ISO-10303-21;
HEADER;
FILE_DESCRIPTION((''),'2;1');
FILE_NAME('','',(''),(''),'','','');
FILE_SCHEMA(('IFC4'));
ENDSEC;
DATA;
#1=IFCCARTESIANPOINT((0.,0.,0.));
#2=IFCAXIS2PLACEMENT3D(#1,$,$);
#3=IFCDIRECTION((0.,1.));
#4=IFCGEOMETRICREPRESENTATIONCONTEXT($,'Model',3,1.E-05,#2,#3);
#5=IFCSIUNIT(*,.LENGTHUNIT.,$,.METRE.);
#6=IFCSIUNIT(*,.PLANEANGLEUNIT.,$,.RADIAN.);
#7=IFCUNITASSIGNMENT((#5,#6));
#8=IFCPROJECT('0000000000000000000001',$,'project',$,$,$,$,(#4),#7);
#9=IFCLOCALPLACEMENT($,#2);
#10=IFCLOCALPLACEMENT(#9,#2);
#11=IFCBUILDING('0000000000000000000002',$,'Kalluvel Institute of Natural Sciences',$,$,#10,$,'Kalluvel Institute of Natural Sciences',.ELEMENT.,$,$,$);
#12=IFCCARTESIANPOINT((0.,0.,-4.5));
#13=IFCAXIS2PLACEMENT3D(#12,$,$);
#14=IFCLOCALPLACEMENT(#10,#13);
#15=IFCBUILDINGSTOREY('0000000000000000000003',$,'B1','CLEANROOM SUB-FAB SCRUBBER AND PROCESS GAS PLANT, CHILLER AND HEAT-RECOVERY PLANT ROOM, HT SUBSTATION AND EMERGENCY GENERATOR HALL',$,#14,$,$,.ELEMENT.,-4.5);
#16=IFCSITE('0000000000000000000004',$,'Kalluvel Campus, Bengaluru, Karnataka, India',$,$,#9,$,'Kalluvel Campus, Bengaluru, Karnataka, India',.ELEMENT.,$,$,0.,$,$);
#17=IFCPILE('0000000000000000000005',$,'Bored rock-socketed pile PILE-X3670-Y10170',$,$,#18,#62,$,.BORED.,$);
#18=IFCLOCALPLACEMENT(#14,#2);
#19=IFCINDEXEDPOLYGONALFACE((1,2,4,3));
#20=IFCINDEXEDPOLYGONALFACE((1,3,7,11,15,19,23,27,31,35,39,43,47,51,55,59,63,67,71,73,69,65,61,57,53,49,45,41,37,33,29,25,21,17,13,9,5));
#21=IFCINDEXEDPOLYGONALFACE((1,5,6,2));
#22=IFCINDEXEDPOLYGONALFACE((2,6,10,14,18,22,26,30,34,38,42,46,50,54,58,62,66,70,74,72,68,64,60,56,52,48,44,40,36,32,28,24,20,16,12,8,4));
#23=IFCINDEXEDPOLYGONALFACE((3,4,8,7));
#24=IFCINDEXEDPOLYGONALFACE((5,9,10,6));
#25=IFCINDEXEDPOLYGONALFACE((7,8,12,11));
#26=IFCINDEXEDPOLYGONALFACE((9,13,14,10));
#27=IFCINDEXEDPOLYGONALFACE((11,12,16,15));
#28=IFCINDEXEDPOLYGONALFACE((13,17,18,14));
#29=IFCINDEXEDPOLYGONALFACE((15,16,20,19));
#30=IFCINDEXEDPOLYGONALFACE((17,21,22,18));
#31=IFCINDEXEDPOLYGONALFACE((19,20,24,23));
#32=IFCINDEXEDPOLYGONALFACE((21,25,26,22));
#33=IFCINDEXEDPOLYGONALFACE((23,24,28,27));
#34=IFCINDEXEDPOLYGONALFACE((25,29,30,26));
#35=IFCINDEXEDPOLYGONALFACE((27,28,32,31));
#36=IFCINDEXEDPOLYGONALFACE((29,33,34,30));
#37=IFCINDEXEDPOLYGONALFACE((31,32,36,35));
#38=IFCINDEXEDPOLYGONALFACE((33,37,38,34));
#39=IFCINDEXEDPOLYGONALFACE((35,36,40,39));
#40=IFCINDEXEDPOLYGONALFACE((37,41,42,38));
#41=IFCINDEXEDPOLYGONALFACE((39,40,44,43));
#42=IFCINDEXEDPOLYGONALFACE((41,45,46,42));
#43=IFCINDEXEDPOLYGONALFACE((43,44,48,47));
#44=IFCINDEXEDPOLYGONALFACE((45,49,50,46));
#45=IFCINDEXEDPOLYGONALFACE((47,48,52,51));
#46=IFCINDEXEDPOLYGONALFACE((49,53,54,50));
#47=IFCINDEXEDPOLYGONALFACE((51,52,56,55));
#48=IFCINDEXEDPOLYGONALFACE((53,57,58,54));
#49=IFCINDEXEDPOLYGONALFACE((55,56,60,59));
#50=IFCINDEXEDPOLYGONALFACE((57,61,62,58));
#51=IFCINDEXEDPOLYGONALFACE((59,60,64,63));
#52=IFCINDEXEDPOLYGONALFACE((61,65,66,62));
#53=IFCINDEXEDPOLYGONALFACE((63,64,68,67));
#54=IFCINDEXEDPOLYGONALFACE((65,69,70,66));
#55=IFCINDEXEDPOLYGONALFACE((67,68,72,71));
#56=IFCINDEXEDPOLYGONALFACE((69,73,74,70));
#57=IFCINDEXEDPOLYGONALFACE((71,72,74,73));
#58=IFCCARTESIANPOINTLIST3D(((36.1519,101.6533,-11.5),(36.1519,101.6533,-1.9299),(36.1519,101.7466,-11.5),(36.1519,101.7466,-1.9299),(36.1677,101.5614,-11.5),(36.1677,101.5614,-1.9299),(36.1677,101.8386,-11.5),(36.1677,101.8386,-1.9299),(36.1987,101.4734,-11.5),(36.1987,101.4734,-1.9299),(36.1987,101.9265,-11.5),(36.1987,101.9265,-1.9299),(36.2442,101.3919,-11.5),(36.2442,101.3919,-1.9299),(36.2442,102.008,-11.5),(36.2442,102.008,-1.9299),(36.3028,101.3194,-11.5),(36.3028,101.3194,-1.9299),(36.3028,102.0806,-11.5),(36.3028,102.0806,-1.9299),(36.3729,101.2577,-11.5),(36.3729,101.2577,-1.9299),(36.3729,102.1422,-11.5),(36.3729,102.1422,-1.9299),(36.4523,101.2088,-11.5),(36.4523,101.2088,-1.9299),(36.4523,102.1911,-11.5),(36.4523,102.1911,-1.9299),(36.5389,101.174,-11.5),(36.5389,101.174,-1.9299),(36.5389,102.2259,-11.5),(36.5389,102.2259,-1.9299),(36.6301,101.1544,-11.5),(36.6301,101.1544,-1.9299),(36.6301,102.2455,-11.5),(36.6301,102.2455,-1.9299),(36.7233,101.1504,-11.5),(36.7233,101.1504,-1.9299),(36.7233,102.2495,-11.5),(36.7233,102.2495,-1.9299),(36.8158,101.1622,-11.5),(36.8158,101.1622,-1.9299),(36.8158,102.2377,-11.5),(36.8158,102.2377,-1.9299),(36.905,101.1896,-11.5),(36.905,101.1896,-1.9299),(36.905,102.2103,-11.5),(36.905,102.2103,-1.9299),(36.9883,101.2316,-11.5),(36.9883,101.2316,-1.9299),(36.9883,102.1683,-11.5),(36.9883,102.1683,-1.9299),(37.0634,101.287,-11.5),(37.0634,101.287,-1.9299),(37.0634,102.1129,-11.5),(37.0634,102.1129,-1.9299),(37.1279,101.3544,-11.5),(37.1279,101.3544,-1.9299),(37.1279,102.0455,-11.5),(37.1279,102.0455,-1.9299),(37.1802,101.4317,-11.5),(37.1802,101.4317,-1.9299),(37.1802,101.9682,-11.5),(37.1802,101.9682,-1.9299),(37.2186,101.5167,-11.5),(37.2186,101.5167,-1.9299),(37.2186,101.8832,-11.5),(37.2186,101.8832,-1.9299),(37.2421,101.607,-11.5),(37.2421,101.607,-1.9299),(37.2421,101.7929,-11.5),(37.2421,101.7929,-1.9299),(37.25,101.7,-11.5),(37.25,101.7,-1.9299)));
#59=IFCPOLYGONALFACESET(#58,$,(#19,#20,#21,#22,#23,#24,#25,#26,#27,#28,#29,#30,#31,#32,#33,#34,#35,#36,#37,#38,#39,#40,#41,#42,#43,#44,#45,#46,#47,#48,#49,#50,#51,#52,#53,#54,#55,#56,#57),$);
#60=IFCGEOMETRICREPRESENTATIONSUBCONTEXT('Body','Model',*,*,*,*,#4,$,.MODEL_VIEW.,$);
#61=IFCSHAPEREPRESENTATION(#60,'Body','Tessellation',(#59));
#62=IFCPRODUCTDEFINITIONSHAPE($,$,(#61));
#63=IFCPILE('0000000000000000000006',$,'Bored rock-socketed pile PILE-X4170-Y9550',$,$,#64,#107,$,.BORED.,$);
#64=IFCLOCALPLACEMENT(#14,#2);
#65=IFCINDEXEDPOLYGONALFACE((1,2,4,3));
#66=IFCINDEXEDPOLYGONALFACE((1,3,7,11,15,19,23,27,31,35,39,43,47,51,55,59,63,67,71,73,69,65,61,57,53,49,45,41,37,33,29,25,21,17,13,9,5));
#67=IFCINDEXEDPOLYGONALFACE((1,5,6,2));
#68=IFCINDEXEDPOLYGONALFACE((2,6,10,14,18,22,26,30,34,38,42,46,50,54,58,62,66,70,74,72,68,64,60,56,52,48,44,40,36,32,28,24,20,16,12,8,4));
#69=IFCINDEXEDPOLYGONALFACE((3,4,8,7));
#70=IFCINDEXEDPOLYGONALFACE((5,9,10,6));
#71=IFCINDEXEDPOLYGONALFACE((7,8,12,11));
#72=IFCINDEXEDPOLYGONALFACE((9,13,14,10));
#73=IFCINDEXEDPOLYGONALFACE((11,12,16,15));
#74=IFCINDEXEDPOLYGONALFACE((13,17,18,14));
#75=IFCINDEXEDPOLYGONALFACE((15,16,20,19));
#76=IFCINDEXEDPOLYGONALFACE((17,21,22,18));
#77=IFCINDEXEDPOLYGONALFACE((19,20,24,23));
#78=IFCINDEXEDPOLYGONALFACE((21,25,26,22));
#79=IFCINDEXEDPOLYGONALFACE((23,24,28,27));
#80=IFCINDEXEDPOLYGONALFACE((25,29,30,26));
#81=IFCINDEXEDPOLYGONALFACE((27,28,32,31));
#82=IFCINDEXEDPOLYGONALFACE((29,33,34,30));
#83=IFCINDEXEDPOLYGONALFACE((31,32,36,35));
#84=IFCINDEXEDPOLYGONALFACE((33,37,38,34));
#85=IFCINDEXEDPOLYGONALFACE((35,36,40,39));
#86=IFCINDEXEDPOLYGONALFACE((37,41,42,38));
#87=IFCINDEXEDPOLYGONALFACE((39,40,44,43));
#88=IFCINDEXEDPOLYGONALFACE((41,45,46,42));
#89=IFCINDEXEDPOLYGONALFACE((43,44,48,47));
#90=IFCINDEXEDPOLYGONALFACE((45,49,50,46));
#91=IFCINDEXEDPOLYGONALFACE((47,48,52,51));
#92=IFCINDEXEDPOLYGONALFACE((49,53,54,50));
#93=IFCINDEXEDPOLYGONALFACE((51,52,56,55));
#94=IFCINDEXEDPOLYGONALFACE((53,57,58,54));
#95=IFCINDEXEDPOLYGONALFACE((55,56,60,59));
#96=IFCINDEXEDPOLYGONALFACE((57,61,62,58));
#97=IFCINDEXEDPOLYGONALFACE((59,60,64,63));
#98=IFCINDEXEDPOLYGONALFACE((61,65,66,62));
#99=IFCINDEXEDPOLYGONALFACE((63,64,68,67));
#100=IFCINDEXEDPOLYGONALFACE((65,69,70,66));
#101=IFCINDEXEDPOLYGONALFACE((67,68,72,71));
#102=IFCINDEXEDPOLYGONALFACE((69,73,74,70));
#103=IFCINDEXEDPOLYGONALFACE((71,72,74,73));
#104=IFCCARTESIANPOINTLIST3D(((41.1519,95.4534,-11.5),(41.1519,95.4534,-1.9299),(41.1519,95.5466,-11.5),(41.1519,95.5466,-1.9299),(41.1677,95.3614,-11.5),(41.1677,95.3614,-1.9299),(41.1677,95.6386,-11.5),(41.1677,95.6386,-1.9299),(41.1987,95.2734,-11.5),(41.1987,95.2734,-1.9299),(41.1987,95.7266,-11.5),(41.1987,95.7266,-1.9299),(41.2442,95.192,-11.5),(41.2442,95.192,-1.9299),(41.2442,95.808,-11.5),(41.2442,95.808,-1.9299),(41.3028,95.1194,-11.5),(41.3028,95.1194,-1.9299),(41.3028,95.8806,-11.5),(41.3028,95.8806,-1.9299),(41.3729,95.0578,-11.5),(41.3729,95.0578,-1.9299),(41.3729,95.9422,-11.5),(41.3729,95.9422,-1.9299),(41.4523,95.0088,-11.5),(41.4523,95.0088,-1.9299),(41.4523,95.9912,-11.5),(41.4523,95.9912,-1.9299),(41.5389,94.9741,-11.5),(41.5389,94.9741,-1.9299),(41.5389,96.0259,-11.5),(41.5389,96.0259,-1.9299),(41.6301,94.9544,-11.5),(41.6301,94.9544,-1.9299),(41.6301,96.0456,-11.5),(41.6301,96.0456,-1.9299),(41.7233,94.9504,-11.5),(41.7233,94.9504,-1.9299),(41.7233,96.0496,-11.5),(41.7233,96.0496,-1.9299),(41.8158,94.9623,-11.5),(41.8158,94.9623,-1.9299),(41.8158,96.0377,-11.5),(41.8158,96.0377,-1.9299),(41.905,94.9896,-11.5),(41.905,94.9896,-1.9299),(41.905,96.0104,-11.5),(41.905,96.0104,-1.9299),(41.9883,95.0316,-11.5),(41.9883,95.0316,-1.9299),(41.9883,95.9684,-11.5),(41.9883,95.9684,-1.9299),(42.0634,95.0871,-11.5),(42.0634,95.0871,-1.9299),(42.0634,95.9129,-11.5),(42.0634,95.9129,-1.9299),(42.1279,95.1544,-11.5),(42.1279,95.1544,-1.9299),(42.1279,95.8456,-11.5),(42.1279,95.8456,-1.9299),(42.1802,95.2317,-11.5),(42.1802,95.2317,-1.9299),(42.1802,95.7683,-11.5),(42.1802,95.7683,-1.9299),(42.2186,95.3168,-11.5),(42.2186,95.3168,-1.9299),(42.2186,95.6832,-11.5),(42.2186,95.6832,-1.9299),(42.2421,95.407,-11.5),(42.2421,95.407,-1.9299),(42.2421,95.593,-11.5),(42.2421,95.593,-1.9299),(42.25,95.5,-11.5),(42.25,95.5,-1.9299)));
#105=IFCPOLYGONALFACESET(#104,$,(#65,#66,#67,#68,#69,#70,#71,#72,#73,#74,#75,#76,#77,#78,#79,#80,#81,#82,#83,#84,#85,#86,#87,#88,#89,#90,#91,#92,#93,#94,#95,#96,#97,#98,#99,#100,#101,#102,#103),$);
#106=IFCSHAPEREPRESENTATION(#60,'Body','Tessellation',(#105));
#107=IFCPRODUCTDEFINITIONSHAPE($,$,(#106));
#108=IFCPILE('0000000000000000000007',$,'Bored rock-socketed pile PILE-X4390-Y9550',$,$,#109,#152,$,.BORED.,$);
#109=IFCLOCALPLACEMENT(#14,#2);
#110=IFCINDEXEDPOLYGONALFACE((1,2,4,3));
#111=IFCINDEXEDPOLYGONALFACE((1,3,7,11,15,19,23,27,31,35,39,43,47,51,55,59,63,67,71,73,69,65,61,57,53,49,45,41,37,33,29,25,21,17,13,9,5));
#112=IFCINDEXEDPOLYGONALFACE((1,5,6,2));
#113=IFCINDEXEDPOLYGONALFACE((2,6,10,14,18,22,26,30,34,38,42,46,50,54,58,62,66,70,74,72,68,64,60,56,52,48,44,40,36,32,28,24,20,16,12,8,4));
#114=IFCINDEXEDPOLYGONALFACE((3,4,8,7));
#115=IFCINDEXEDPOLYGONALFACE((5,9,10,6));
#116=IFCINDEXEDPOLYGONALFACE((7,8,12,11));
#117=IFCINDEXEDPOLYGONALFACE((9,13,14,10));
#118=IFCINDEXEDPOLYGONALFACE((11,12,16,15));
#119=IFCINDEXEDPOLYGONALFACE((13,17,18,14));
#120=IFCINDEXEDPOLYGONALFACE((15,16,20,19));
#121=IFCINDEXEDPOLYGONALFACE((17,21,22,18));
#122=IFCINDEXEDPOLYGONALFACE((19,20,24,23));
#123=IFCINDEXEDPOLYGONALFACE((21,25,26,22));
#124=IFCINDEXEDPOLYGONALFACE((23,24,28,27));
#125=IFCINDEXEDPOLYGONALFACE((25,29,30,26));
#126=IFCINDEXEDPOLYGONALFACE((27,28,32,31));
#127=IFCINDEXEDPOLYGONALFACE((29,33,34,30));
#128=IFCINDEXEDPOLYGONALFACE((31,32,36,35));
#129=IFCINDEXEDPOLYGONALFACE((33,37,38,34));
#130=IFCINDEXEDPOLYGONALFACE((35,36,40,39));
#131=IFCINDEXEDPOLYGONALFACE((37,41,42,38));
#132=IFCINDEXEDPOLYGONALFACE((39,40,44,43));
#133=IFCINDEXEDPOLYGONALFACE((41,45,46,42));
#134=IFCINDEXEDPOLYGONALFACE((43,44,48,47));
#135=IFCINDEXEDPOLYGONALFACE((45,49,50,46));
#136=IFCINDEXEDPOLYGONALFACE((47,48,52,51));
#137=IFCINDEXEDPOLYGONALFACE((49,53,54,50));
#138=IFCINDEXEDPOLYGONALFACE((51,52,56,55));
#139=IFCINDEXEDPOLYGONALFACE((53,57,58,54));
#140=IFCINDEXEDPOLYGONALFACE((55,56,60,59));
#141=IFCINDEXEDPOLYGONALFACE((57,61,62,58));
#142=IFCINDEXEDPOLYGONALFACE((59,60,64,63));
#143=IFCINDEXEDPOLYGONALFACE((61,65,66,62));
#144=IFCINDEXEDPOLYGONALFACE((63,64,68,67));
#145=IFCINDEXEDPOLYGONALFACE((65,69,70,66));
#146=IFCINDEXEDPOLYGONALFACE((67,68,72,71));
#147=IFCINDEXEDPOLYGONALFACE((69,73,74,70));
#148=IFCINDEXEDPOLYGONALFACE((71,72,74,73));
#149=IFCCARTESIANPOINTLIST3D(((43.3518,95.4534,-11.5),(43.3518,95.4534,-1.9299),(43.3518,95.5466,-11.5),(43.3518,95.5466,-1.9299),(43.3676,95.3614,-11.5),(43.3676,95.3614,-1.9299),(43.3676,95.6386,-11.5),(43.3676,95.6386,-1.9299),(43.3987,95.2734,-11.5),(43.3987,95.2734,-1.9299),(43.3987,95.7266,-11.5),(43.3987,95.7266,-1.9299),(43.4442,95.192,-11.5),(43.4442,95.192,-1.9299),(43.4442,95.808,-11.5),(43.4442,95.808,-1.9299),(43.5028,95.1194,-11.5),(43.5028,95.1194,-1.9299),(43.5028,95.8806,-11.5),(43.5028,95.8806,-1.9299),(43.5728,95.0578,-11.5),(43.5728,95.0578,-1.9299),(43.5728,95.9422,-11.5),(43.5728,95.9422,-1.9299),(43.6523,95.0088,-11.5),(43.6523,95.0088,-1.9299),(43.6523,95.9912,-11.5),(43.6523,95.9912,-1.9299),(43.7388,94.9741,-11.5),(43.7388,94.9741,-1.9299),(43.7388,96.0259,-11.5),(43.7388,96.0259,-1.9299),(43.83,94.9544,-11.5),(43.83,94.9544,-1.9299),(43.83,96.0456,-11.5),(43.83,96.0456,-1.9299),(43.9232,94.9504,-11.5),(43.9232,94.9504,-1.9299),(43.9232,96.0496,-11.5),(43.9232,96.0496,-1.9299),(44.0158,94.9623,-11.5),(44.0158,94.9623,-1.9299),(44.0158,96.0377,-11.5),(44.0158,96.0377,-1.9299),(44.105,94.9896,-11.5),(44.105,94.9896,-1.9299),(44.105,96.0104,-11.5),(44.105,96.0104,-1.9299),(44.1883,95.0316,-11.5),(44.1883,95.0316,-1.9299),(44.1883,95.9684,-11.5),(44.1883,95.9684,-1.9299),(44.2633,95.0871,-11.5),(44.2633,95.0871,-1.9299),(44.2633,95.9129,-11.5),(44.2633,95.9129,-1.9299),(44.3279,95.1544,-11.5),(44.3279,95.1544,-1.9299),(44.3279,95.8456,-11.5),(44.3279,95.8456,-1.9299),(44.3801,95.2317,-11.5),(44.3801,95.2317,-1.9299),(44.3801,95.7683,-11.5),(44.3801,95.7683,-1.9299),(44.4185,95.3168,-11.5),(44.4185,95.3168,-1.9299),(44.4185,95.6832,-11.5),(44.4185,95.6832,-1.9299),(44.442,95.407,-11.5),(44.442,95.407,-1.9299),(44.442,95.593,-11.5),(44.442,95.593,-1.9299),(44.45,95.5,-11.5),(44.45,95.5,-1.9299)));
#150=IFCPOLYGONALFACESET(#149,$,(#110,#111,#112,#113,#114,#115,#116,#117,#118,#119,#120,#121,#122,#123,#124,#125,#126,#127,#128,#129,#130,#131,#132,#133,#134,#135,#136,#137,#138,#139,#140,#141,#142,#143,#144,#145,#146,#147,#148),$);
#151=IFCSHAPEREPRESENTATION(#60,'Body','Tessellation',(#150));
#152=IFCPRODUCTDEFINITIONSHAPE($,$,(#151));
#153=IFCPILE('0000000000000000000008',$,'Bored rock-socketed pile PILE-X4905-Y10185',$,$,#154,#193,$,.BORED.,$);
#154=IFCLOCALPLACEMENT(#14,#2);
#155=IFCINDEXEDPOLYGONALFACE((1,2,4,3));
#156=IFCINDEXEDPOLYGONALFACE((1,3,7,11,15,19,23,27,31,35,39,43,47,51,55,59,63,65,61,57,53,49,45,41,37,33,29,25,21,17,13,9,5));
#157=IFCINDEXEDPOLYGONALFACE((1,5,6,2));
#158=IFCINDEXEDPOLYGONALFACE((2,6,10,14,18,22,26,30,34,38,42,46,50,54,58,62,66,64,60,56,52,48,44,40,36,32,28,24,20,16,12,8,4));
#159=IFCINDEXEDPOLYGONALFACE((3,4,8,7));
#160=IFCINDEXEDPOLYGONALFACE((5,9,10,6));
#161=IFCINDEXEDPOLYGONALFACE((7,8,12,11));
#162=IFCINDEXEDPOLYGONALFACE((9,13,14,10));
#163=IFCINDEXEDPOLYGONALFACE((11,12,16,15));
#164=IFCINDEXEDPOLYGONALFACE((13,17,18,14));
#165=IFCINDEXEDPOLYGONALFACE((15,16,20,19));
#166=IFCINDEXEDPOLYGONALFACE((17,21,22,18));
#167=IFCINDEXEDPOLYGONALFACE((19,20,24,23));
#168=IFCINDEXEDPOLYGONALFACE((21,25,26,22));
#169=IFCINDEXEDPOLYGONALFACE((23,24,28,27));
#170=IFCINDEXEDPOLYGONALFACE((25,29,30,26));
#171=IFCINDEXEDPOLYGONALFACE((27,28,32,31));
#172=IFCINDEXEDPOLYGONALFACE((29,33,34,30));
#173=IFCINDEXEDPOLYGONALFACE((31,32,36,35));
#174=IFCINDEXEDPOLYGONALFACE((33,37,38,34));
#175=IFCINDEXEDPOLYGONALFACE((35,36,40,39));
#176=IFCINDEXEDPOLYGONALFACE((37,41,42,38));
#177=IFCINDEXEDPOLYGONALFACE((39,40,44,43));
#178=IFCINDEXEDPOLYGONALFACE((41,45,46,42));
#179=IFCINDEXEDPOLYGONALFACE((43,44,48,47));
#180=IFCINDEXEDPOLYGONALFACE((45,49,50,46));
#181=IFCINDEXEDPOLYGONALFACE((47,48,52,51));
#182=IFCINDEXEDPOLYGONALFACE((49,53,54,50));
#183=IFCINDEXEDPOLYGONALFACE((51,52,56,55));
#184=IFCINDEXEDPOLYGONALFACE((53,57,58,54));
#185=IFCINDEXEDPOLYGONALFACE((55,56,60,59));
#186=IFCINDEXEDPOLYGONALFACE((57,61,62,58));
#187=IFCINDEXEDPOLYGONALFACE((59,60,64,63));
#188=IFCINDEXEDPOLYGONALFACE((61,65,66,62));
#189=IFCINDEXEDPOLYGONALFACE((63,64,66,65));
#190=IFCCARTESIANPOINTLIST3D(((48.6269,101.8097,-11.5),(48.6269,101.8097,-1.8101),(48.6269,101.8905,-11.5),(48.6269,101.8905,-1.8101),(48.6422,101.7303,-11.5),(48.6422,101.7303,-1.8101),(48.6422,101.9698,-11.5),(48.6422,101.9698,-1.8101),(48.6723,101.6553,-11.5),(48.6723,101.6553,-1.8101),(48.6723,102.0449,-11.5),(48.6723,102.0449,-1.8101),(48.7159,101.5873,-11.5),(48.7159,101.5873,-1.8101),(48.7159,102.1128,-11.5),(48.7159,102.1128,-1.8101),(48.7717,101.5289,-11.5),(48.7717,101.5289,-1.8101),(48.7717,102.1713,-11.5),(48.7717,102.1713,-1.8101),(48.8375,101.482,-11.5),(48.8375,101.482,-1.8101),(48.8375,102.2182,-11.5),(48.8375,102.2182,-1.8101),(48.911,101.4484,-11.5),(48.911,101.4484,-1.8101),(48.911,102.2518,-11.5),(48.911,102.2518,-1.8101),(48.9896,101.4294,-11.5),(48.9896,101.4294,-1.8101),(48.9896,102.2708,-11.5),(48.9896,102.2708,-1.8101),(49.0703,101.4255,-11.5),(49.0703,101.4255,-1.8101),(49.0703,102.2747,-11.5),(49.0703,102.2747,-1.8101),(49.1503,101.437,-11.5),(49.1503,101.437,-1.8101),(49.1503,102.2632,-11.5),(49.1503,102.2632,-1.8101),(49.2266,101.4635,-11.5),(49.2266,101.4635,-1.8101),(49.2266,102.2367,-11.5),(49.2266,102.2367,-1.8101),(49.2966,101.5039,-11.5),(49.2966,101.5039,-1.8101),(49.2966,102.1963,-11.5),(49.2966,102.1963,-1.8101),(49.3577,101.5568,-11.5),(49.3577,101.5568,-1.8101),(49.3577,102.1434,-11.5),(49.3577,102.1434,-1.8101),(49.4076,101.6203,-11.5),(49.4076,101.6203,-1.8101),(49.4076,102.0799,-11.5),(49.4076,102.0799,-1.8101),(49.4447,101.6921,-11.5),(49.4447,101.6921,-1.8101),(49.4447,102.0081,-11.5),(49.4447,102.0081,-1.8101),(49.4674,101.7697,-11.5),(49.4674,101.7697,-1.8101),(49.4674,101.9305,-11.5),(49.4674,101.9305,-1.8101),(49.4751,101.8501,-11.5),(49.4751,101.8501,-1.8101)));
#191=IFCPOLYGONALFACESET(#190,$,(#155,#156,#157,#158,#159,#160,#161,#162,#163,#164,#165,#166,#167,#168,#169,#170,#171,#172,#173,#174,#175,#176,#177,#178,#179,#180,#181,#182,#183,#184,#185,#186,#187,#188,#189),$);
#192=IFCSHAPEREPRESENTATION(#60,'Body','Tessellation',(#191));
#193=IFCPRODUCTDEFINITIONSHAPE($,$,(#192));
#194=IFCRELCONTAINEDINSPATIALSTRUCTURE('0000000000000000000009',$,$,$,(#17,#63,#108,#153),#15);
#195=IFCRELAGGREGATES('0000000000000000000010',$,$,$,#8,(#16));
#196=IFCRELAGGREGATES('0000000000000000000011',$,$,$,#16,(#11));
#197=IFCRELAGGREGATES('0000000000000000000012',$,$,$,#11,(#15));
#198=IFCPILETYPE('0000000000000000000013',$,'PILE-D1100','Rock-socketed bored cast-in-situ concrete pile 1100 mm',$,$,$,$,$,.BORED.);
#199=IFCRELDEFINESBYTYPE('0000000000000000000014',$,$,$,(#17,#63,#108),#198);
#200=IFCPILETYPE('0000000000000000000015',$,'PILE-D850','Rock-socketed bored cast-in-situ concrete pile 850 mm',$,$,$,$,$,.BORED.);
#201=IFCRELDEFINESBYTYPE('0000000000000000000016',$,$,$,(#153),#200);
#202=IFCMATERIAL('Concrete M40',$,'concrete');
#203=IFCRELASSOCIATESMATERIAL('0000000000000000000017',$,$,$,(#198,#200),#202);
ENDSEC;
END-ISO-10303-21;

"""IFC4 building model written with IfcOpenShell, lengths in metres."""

from ifc_helpers import new_model, si_unit, direction, frame, origin, origin_2d, place, context, subcontext, project, spatial, circle, extrude, material, material_profile, profile_set, type_object, element, save


model = new_model("IFC4")

# Units and contexts
model_context = context("Model", 3, precision=1e-05, world=origin(), true_north=direction((0.0, 1.0)))
body_context = subcontext(model_context, "Body", "Model", "MODEL_VIEW")
ifc_project = project(units=[si_unit("LENGTHUNIT", "METRE"), si_unit("PLANEANGLEUNIT", "RADIAN")], contexts=[model_context])

# Site, building, storey
site_placement = place(None, origin())
site = spatial("IfcSite", under=ifc_project, at=site_placement, Name="Kalluvel Campus, Bengaluru, Karnataka, India", LongName="Kalluvel Campus, Bengaluru, Karnataka, India", CompositionType="ELEMENT", RefElevation=0.0)
building_placement = place(site_placement, origin())
building = spatial("IfcBuilding", under=site, at=building_placement, Name="Kalluvel Institute of Natural Sciences", LongName="Kalluvel Institute of Natural Sciences", CompositionType="ELEMENT")
storey_placement = place(building_placement, frame((0.0, 0.0, -4.5)))
storey = spatial("IfcBuildingStorey", under=building, at=storey_placement, Name="B1", Description="CLEANROOM SUB-FAB SCRUBBER AND PROCESS GAS PLANT, CHILLER AND HEAT-RECOVERY PLANT ROOM, HT SUBSTATION AND EMERGENCY GENERATOR HALL", CompositionType="ELEMENT", Elevation=-4.5)

# Shared definitions
ifc_material_1 = material(Name="Concrete M40", Category="concrete")

# Piles
ifc_material_profile_1 = material_profile(ifc_material_1, circle(Radius=0.55, at=origin_2d()), Name="PILE D1100")
ifc_profile_set_1 = profile_set([ifc_material_profile_1], Name="Concrete M40")
pile_type_1 = type_object("IfcPileType", Name="PILE-D1100", Description="Rock-socketed bored cast-in-situ concrete pile 1100 mm", PredefinedType="BORED", material=ifc_profile_set_1)
for number, where, z_axis, x_axis, name in (
    (1, (36.7, 101.7, -1.9299), (0.0, 0.0, -1.0), (1.0, 0.0, 0.0), "Bored rock-socketed pile PILE-X3670-Y10170"),
    (2, (41.7, 95.5, -1.9299), (0.0, 0.0, -1.0), (1.0, 0.0, 0.0), "Bored rock-socketed pile PILE-X4170-Y9550"),
    (3, (43.8999, 95.5, -1.9299), (0.0, 0.0, -1.0), (1.0, 0.0, 0.0), "Bored rock-socketed pile PILE-X4390-Y9550"),
):
    element("IfcPile", number, at=place(storey_placement, frame(where, z_axis=z_axis, x_axis=x_axis)), inside=storey, type_object=pile_type_1, Name=name, PredefinedType="BORED", context=body_context, shape_type="SweptSolid", body=[
        extrude(circle(Radius=0.55, at=origin_2d()), origin(), (0.0, 0.0, 1.0), 9.5701),
    ])
ifc_material_profile_2 = material_profile(ifc_material_1, circle(Radius=0.425, at=origin_2d()), Name="PILE D850")
ifc_profile_set_2 = profile_set([ifc_material_profile_2], Name="Concrete M40")
pile_type_2 = type_object("IfcPileType", Name="PILE-D850", Description="Rock-socketed bored cast-in-situ concrete pile 850 mm", PredefinedType="BORED", material=ifc_profile_set_2)
pile_1_placement = place(storey_placement, frame((49.05, 101.8501, -1.8101), z_axis=(0.0, 0.0, -1.0), x_axis=(1.0, 0.0, 0.0)))
element("IfcPile", 4, at=pile_1_placement, inside=storey, type_object=pile_type_2, Name="Bored rock-socketed pile PILE-X4905-Y10185", PredefinedType="BORED", context=body_context, shape_type="SweptSolid", body=[
    extrude(circle(Radius=0.425, at=origin_2d()), origin(), (0.0, 0.0, 1.0), 9.6899),
])

save(model, "model.ifc")
